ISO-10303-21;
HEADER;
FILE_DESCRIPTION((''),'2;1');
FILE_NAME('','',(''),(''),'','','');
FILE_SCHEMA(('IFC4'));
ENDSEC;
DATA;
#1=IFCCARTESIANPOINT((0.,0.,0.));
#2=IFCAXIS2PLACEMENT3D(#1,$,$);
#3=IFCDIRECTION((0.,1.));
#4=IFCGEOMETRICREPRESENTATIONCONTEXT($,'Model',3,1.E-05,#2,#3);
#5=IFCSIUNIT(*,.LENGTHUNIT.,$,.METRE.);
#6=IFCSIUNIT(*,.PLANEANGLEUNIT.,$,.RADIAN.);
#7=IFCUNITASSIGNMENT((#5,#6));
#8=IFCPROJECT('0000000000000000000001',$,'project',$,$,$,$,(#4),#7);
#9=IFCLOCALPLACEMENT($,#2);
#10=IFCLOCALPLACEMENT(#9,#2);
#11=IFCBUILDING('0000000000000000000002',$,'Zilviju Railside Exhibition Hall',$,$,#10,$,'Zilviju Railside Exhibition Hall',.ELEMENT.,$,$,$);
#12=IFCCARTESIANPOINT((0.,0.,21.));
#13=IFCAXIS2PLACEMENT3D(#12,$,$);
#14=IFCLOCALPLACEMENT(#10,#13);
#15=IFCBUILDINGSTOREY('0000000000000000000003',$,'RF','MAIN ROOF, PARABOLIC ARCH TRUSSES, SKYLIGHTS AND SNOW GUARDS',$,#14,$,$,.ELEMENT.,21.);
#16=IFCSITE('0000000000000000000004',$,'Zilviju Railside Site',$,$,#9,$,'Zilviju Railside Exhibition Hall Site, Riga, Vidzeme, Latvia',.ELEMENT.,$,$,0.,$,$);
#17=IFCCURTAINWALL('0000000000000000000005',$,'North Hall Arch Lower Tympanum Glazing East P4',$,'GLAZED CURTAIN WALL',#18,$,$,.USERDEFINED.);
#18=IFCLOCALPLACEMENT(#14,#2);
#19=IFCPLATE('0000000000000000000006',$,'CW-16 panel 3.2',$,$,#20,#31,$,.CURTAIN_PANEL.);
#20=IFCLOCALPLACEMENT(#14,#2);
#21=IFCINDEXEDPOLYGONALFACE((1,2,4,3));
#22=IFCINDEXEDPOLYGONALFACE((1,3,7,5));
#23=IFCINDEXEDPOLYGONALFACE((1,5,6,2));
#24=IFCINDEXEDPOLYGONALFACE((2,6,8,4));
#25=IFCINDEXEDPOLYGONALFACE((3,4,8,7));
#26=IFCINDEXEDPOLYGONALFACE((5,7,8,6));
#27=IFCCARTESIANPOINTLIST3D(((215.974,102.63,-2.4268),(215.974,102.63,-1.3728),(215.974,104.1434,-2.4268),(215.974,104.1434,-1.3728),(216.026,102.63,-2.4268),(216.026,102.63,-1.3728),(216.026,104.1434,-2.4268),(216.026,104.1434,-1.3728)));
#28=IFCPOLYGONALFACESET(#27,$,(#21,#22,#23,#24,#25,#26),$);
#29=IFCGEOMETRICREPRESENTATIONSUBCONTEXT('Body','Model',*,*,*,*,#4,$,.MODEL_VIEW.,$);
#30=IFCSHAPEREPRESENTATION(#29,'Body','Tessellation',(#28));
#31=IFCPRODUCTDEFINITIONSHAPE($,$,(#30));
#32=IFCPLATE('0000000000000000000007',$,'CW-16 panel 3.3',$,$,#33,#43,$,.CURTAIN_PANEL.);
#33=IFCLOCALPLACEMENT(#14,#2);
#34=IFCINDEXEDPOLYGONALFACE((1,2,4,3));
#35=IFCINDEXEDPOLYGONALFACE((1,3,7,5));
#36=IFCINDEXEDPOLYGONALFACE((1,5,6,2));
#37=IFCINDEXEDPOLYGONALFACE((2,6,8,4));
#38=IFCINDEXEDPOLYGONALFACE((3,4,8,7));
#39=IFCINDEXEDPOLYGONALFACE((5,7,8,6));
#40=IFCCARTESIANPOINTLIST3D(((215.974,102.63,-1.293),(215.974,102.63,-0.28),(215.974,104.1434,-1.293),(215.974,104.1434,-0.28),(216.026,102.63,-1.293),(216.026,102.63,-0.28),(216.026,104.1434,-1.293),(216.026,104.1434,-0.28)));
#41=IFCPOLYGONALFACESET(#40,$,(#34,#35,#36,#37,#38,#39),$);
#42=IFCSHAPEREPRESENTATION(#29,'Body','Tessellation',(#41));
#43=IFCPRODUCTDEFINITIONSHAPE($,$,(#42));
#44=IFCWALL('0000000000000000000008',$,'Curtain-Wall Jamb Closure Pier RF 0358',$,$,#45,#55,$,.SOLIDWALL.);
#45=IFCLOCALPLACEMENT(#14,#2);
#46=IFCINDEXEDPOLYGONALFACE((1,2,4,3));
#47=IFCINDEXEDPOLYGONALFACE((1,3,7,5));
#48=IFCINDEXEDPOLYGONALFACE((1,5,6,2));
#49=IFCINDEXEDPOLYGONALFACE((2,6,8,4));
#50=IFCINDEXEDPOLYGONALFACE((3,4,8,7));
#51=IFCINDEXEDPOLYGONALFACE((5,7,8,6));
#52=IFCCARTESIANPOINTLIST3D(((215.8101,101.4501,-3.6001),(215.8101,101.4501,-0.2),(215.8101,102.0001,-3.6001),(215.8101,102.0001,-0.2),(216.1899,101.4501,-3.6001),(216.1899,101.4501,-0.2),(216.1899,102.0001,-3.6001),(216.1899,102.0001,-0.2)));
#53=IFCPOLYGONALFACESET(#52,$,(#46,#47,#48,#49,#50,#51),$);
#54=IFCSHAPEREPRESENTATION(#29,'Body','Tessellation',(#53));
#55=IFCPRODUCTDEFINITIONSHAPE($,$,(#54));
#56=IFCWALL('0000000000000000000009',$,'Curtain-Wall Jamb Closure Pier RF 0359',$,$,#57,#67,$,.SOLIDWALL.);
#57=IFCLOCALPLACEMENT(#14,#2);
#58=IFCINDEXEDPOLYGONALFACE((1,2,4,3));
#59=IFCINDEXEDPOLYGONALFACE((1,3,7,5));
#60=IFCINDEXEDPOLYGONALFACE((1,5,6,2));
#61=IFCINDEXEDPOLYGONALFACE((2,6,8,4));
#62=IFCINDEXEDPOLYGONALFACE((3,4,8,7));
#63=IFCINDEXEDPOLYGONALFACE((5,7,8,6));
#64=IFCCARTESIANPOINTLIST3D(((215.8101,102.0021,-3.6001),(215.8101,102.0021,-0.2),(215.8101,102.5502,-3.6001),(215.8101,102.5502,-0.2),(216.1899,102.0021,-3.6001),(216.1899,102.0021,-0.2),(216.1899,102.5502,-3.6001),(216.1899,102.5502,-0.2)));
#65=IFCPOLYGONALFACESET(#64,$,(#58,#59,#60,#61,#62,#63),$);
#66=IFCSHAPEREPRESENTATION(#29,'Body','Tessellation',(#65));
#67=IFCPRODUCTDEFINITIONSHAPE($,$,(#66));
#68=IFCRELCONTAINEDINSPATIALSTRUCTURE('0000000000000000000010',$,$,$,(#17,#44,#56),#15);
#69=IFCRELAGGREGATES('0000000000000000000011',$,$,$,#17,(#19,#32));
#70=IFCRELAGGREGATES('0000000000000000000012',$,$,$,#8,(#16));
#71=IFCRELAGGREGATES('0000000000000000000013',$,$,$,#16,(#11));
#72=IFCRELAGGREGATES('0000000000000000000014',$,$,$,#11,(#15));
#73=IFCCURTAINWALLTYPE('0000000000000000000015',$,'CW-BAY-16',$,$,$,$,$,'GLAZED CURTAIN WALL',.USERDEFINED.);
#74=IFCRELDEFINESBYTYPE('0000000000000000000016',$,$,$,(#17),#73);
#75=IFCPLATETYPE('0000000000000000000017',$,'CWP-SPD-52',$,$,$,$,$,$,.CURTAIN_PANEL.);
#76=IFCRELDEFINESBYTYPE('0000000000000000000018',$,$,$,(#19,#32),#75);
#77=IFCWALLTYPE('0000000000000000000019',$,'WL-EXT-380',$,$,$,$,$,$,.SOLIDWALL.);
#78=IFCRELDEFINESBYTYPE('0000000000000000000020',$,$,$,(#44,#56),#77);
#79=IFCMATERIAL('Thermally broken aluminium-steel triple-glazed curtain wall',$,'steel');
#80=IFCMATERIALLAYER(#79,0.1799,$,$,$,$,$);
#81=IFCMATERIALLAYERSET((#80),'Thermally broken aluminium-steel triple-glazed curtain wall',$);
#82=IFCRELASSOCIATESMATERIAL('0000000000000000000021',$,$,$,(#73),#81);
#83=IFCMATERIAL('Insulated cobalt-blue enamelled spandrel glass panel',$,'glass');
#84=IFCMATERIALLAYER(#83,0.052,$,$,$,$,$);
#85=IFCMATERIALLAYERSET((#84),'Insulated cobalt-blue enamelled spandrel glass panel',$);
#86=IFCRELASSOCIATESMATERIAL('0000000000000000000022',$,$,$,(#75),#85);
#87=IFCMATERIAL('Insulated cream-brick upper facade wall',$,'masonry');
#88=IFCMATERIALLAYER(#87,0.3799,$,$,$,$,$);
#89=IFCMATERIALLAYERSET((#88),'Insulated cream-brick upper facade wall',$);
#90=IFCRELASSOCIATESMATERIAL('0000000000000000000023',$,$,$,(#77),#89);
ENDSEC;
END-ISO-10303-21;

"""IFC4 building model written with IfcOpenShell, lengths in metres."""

from ifc_helpers import new_model, si_unit, direction, frame, frame_2d, origin, origin_2d, place, context, subcontext, project, spatial, rectangle, extrude, material, layer, layer_set, type_object, element, aggregate, save


model = new_model("IFC4")

# Units and contexts
model_context = context("Model", 3, precision=1e-05, world=origin(), true_north=direction((0.0, 1.0)))
body_context = subcontext(model_context, "Body", "Model", "MODEL_VIEW")
ifc_project = project(units=[si_unit("LENGTHUNIT", "METRE"), si_unit("PLANEANGLEUNIT", "RADIAN")], contexts=[model_context])

# Site, building, storey
site_placement = place(None, origin())
site = spatial("IfcSite", under=ifc_project, at=site_placement, Name="Zilviju Railside Site", LongName="Zilviju Railside Exhibition Hall Site, Riga, Vidzeme, Latvia", CompositionType="ELEMENT", RefElevation=0.0)
building_placement = place(site_placement, origin())
building = spatial("IfcBuilding", under=site, at=building_placement, Name="Zilviju Railside Exhibition Hall", LongName="Zilviju Railside Exhibition Hall", CompositionType="ELEMENT")
storey_placement = place(building_placement, frame((0.0, 0.0, 21.0)))
storey = spatial("IfcBuildingStorey", under=building, at=storey_placement, Name="RF", Description="MAIN ROOF, PARABOLIC ARCH TRUSSES, SKYLIGHTS AND SNOW GUARDS", CompositionType="ELEMENT", Elevation=21.0)

# Curtain wall
ifc_material_1 = material(Name="Thermally broken aluminium-steel triple-glazed curtain wall", Category="steel")
ifc_layer_1 = layer(ifc_material_1, 0.1799)
ifc_layer_set_1 = layer_set([ifc_layer_1], Name="Thermally broken aluminium-steel triple-glazed curtain wall")
curtain_wall_type_1 = type_object("IfcCurtainWallType", Name="CW-BAY-16", ElementType="GLAZED CURTAIN WALL", PredefinedType="USERDEFINED", material=ifc_layer_set_1)
curtain_wall_1_placement = place(storey_placement, origin())
curtain_wall_1 = element("IfcCurtainWall", 1, at=curtain_wall_1_placement, inside=storey, type_object=curtain_wall_type_1, Name="North Hall Arch Lower Tympanum Glazing East P4", ObjectType="GLAZED CURTAIN WALL", PredefinedType="USERDEFINED")

# Plates
ifc_material_2 = material(Name="Insulated cobalt-blue enamelled spandrel glass panel", Category="glass")
ifc_layer_2 = layer(ifc_material_2, 0.052)
ifc_layer_set_2 = layer_set([ifc_layer_2], Name="Insulated cobalt-blue enamelled spandrel glass panel")
plate_type_1 = type_object("IfcPlateType", Name="CWP-SPD-52", PredefinedType="CURTAIN_PANEL", material=ifc_layer_set_2)
plate_1_placement = place(storey_placement, frame((216.0, 103.3867, -2.4268), z_axis=(0.0, 0.0, 1.0), x_axis=(0.0, -1.0, 0.0)))
plate_1 = element("IfcPlate", 2, at=plate_1_placement, type_object=plate_type_1, Name="CW-16 panel 3.2", PredefinedType="CURTAIN_PANEL", context=body_context, shape_type="SweptSolid", body=[
    extrude(rectangle(XDim=1.5134, YDim=0.052, at=origin_2d()), origin(), (0.0, 0.0, 1.0), 1.054),
])
plate_2_placement = place(storey_placement, frame((216.0, 103.3867, -1.293), z_axis=(0.0, 0.0, 1.0), x_axis=(0.0, -1.0, 0.0)))
plate_2 = element("IfcPlate", 3, at=plate_2_placement, type_object=plate_type_1, Name="CW-16 panel 3.3", PredefinedType="CURTAIN_PANEL", context=body_context, shape_type="SweptSolid", body=[
    extrude(rectangle(XDim=1.5134, YDim=0.052, at=origin_2d()), origin(), (0.0, 0.0, 1.0), 1.0129),
])
aggregate(curtain_wall_1, [plate_1, plate_2])

# Walls
ifc_material_3 = material(Name="Insulated cream-brick upper facade wall", Category="masonry")
ifc_layer_3 = layer(ifc_material_3, 0.3799)
ifc_layer_set_3 = layer_set([ifc_layer_3], Name="Insulated cream-brick upper facade wall")
wall_type = type_object("IfcWallType", Name="WL-EXT-380", PredefinedType="SOLIDWALL", material=ifc_layer_set_3)
wall_1_placement = place(storey_placement, frame((216.0, 102.0, -3.6001), z_axis=(0.0, 0.0, 1.0), x_axis=(0.0, -1.0, 0.0)))
element("IfcWall", 4, at=wall_1_placement, inside=storey, type_object=wall_type, Name="Curtain-Wall Jamb Closure Pier RF 0358", PredefinedType="SOLIDWALL", context=body_context, shape_type="SweptSolid", body=[
    extrude(rectangle(XDim=0.55, YDim=0.3799, at=frame_2d((0.2749, 0.0))), origin(), (0.0, 0.0, 1.0), 3.4001),
])
wall_2_placement = place(storey_placement, frame((216.0, 102.55, -3.6001), z_axis=(0.0, 0.0, 1.0), x_axis=(0.0, -1.0, 0.0)))
element("IfcWall", 5, at=wall_2_placement, inside=storey, type_object=wall_type, Name="Curtain-Wall Jamb Closure Pier RF 0359", PredefinedType="SOLIDWALL", context=body_context, shape_type="SweptSolid", body=[
    extrude(rectangle(XDim=0.5481, YDim=0.3799, at=frame_2d((0.2739, 0.0))), origin(), (0.0, 0.0, 1.0), 3.4001),
])

save(model, "model.ifc")
